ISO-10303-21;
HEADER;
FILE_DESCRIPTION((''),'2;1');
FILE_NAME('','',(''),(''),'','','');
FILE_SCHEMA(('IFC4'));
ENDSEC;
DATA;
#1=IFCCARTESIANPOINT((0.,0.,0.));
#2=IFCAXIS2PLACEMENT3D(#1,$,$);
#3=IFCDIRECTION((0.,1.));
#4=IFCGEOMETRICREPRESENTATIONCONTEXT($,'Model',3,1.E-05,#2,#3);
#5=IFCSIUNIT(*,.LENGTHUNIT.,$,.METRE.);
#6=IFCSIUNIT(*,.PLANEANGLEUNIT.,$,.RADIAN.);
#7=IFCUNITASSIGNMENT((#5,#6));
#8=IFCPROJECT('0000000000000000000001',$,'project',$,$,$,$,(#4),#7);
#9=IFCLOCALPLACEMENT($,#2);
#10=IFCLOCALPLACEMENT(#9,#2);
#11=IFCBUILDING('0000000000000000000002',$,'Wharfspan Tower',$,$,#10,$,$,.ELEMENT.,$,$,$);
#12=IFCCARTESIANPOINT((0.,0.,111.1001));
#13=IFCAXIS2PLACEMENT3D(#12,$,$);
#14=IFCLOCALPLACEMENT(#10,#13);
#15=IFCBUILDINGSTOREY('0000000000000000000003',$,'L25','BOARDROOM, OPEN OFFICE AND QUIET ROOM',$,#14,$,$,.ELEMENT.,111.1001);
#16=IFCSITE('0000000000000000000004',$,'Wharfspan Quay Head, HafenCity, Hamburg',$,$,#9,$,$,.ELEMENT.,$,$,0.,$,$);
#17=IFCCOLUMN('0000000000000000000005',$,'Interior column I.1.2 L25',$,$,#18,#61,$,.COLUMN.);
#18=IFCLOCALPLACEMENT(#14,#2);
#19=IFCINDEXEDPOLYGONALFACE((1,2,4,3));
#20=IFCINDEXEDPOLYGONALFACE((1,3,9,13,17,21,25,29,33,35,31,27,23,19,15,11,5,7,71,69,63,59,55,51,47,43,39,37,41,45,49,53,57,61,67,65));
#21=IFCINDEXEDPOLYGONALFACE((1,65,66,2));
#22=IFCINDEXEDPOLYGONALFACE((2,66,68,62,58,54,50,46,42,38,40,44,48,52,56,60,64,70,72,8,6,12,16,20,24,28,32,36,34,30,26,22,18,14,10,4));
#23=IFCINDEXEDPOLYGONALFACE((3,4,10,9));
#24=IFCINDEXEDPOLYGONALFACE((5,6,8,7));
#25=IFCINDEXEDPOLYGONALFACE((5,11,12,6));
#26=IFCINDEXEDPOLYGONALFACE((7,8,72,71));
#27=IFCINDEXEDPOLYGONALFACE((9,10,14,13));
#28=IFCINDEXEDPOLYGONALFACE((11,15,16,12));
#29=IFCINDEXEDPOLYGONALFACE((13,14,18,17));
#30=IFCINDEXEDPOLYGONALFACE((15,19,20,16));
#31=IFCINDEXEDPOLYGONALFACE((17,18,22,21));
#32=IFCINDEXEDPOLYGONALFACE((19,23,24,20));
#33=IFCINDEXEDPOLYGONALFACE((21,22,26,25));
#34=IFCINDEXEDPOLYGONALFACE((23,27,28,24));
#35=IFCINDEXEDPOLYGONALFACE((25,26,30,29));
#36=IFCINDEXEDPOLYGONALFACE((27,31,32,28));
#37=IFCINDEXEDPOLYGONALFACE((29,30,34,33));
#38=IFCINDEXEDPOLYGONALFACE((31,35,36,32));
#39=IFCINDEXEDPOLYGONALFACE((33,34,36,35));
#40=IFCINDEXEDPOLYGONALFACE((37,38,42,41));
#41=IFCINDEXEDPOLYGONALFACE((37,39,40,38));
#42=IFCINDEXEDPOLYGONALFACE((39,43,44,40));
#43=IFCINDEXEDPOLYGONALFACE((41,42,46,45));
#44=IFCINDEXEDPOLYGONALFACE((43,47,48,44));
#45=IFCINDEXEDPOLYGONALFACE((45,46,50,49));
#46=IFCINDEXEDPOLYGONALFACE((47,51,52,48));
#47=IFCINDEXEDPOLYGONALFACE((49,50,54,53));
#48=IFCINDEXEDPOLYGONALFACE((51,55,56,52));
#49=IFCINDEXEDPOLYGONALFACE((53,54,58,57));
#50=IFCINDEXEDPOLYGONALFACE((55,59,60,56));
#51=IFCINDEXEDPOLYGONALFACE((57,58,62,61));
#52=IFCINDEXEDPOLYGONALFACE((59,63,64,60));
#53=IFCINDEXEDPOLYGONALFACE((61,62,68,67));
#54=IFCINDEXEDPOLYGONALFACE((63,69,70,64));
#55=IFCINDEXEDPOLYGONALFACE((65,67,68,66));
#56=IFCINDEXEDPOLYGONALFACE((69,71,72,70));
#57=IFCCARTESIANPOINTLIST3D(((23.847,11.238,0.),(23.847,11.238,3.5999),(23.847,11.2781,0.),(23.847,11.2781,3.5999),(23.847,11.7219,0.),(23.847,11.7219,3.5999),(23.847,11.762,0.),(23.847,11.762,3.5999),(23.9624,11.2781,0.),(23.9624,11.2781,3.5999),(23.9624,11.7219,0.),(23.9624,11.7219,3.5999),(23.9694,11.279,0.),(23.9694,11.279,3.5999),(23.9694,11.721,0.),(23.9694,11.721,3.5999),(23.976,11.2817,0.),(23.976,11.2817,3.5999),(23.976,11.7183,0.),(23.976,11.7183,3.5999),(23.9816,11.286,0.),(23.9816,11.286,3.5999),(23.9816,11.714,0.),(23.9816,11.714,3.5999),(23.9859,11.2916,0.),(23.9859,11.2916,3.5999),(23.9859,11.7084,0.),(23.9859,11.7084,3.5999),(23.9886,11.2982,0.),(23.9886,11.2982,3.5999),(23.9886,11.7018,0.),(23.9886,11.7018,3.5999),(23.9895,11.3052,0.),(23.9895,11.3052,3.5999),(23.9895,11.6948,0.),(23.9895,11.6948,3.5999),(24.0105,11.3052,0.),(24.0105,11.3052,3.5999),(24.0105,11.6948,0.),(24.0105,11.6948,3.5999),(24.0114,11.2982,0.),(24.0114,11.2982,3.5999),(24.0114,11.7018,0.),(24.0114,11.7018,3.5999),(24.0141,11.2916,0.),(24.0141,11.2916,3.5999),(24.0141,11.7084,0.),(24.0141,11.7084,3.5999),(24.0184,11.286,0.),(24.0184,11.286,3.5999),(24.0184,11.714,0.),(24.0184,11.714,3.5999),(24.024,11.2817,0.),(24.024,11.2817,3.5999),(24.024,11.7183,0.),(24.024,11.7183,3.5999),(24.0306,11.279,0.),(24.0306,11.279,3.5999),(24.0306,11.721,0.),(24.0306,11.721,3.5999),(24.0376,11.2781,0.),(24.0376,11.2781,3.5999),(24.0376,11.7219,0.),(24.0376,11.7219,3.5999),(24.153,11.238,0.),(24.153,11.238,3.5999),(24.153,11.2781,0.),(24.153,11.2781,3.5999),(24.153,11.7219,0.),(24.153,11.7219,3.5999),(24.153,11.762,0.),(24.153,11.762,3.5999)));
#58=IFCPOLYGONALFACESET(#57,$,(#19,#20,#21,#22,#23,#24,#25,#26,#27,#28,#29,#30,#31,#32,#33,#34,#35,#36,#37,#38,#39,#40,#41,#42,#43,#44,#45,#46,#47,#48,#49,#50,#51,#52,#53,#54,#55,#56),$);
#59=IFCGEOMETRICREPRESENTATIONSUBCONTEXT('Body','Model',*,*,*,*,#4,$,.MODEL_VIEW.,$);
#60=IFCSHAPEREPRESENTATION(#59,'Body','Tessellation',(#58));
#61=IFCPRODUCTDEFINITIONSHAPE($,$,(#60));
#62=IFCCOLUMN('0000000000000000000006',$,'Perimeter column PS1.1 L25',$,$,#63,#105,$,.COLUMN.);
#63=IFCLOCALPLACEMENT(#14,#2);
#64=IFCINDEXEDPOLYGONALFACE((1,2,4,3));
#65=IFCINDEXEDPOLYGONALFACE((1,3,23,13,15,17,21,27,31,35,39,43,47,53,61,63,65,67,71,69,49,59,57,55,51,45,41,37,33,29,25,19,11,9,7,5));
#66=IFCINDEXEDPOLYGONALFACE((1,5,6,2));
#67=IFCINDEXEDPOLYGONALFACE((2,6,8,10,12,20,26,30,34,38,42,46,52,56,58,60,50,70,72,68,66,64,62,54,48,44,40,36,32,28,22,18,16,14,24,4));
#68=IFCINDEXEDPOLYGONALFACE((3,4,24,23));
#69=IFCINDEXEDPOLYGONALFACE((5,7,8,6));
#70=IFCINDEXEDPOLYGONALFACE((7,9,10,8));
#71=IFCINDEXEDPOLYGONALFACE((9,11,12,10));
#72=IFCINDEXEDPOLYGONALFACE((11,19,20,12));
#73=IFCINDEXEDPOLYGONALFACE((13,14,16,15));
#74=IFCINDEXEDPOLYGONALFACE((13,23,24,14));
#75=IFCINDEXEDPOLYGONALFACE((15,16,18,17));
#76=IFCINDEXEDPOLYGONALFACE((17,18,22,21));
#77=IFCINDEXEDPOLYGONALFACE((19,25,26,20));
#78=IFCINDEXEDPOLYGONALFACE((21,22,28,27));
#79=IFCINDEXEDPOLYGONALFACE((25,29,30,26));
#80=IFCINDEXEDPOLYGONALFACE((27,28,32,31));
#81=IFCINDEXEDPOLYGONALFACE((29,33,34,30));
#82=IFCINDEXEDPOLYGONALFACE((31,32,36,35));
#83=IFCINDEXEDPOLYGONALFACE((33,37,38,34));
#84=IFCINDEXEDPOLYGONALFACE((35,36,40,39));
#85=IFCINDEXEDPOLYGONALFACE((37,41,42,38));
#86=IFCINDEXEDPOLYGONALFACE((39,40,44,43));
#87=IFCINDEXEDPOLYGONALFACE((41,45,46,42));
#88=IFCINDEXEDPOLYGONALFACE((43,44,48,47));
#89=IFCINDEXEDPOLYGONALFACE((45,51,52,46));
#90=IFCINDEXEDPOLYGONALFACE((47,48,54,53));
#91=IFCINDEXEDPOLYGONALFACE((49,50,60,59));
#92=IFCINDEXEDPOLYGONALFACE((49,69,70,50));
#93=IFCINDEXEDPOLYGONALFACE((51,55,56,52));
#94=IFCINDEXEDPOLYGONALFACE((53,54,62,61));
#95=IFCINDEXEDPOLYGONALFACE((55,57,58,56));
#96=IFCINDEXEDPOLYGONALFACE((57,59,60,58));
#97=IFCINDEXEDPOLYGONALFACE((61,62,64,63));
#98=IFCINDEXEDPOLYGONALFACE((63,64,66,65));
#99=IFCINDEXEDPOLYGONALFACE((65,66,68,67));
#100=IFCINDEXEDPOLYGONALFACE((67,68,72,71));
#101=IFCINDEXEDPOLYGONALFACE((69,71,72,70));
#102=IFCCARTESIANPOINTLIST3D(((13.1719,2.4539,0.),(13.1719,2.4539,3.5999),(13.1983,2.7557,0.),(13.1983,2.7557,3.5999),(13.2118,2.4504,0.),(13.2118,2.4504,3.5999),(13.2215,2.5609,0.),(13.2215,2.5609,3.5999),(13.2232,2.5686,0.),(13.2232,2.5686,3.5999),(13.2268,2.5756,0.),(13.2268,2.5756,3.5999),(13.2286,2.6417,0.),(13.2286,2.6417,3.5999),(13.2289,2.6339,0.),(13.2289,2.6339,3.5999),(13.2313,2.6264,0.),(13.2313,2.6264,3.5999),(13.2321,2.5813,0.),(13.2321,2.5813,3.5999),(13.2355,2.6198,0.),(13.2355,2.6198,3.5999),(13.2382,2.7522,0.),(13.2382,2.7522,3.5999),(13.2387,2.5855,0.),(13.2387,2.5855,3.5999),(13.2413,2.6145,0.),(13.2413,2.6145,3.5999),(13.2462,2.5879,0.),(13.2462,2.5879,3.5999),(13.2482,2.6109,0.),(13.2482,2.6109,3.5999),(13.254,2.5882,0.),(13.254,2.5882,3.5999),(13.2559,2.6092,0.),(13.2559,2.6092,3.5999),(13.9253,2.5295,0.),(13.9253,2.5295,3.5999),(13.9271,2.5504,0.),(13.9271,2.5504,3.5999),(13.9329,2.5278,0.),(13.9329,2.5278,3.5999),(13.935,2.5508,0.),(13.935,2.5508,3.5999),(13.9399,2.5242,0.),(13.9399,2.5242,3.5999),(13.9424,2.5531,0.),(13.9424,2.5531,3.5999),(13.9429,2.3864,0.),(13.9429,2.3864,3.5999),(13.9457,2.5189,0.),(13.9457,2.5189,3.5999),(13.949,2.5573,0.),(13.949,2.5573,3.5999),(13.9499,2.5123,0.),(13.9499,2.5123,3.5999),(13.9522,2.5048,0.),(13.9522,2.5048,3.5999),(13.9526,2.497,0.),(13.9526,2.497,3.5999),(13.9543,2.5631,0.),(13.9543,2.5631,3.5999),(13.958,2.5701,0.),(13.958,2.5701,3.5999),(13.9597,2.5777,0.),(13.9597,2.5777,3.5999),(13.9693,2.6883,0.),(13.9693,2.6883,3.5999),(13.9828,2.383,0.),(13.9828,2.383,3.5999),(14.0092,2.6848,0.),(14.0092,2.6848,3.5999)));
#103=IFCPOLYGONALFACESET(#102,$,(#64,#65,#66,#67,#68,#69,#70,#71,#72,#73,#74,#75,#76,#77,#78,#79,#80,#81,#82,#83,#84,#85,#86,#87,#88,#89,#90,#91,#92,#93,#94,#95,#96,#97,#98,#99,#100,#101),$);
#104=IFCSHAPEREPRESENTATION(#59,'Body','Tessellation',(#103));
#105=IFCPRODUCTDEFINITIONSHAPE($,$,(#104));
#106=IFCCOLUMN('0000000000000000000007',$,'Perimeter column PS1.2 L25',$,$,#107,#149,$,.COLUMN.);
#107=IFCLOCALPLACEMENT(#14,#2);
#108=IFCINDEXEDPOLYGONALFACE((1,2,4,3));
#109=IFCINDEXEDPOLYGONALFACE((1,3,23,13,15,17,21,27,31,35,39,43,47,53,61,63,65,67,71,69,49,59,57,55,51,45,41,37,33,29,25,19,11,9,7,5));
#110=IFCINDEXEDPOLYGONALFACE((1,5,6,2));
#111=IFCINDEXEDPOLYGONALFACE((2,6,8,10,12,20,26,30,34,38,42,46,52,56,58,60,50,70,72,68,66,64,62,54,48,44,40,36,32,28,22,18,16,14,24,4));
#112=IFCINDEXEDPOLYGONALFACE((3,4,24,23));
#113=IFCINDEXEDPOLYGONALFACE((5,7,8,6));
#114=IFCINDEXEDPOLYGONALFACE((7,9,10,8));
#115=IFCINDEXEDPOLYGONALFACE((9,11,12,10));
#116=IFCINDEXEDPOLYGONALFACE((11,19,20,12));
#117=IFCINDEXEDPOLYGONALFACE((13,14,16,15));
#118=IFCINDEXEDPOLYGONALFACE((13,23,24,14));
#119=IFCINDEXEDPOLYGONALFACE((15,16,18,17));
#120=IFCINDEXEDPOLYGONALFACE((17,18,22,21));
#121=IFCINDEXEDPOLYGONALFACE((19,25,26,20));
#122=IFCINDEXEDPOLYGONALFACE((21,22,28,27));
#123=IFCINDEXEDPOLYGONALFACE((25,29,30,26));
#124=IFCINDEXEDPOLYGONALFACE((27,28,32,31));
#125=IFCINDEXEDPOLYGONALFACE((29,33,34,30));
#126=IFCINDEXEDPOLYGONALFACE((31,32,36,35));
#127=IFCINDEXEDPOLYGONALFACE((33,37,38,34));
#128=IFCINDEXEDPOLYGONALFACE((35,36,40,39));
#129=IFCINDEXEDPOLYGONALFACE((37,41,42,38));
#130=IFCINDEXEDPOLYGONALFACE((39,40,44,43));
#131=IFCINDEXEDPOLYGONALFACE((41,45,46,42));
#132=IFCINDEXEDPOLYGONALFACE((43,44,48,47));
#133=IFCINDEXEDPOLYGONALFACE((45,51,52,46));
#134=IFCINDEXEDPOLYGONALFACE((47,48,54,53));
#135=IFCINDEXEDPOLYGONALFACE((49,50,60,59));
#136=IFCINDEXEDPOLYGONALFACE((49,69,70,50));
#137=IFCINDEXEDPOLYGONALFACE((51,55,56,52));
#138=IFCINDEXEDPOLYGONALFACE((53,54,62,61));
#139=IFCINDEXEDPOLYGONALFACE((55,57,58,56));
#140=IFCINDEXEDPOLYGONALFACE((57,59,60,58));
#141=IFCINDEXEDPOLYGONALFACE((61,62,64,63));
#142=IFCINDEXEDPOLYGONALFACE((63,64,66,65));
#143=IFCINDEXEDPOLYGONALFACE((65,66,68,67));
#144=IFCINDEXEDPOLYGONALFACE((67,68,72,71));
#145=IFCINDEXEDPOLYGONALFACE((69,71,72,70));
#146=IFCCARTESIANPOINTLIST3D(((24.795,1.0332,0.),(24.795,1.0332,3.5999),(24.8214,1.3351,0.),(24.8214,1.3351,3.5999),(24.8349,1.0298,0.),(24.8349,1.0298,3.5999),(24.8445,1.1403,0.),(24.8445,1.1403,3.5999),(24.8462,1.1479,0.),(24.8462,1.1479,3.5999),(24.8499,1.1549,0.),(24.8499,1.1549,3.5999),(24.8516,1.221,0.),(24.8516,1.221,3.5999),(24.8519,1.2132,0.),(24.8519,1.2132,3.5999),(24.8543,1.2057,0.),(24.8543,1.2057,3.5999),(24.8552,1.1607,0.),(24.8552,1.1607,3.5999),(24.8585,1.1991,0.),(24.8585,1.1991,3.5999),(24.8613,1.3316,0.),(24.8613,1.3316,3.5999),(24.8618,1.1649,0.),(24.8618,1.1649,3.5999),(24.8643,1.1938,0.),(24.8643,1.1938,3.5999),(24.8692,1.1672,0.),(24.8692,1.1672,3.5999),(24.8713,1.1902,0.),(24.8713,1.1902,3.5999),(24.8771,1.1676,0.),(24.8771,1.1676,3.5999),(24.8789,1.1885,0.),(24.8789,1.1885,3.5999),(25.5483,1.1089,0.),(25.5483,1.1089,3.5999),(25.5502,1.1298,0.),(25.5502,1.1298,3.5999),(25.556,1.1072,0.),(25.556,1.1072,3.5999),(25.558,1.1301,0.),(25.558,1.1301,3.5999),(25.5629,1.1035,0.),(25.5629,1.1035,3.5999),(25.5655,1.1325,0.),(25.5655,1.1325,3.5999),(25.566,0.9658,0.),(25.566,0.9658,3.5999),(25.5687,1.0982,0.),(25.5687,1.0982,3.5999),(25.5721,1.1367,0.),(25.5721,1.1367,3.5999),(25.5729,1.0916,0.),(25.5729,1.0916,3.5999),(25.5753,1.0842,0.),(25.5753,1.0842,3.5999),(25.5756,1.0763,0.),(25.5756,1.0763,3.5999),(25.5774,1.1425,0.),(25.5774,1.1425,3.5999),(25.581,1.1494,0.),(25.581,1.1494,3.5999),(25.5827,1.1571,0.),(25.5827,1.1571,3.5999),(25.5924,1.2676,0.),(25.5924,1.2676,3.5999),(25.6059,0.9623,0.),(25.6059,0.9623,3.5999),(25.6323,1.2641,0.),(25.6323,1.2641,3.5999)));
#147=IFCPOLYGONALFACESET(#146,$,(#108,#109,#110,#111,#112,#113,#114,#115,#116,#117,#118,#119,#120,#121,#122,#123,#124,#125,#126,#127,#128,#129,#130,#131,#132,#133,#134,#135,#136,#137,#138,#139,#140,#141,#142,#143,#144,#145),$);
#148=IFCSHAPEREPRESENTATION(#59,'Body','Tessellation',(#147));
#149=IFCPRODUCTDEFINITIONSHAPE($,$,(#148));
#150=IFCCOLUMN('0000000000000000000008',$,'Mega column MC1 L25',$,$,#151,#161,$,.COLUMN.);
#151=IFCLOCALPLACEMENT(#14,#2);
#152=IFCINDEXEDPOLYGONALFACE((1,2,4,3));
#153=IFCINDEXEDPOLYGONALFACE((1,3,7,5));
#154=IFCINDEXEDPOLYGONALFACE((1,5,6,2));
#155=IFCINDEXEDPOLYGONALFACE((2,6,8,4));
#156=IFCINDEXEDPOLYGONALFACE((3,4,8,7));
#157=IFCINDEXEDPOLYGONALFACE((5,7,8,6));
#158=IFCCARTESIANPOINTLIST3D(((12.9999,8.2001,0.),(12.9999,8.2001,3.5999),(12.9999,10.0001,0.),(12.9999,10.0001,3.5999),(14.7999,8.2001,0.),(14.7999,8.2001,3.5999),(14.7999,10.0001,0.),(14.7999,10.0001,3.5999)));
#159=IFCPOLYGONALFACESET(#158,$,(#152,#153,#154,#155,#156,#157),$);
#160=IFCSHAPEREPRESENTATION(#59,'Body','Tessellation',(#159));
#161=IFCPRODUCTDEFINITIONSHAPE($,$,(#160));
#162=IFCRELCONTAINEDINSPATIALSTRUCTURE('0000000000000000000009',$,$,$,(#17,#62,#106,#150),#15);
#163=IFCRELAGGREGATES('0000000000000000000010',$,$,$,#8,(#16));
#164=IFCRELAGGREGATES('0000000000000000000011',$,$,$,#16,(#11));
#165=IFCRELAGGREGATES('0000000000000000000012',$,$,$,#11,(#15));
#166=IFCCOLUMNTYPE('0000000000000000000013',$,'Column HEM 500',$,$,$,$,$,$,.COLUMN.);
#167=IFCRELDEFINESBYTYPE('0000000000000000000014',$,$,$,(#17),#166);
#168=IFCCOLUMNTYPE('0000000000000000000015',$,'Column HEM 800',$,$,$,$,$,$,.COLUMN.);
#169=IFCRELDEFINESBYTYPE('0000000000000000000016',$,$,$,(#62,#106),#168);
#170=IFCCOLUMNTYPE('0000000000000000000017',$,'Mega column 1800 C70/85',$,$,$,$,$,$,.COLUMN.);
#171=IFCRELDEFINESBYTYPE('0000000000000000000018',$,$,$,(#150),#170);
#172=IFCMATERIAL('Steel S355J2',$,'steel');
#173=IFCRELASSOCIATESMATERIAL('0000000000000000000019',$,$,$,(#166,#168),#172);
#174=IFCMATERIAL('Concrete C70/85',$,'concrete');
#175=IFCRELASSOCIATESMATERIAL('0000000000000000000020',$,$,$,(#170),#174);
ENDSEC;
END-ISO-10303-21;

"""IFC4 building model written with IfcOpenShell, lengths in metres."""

from ifc_helpers import new_model, si_unit, direction, frame, origin, origin_2d, place, context, subcontext, project, spatial, rectangle, i_section, extrude, material, material_profile, profile_set, type_object, element, save


model = new_model("IFC4")

# Units and contexts
model_context = context("Model", 3, precision=1e-05, world=origin(), true_north=direction((0.0, 1.0)))
body_context = subcontext(model_context, "Body", "Model", "MODEL_VIEW")
ifc_project = project(units=[si_unit("LENGTHUNIT", "METRE"), si_unit("PLANEANGLEUNIT", "RADIAN")], contexts=[model_context])

# Site, building, storey
site_placement = place(None, origin())
site = spatial("IfcSite", under=ifc_project, at=site_placement, Name="Wharfspan Quay Head, HafenCity, Hamburg", CompositionType="ELEMENT", RefElevation=0.0)
building_placement = place(site_placement, origin())
building = spatial("IfcBuilding", under=site, at=building_placement, Name="Wharfspan Tower", CompositionType="ELEMENT")
storey_placement = place(building_placement, frame((0.0, 0.0, 111.1001)))
storey = spatial("IfcBuildingStorey", under=building, at=storey_placement, Name="L25", Description="BOARDROOM, OPEN OFFICE AND QUIET ROOM", CompositionType="ELEMENT", Elevation=111.1001)

# Columns
ifc_material_1 = material(Name="Steel S355J2", Category="steel")
ifc_material_profile_1 = material_profile(ifc_material_1, i_section(OverallWidth=0.3059, OverallDepth=0.5239, WebThickness=0.021, FlangeThickness=0.04, FilletRadius=0.0271, at=origin_2d()))
ifc_profile_set_1 = profile_set([ifc_material_profile_1], Name="Steel S355J2")
column_type_1 = type_object("IfcColumnType", Name="Column HEM 500", PredefinedType="COLUMN", material=ifc_profile_set_1)
column_1_placement = place(storey_placement, frame((24.0, 11.5, 0.0), z_axis=(0.0, 0.0, 1.0), x_axis=(1.0, 0.0, 0.0)))
element("IfcColumn", 1, at=column_1_placement, inside=storey, type_object=column_type_1, Name="Interior column I.1.2 L25", PredefinedType="COLUMN", context=body_context, shape_type="SweptSolid", body=[
    extrude(i_section(OverallWidth=0.3059, OverallDepth=0.5239, WebThickness=0.021, FlangeThickness=0.04, FilletRadius=0.0271, at=origin_2d()), origin(), (0.0, 0.0, 1.0), 3.5999),
])
ifc_material_profile_2 = material_profile(ifc_material_1, i_section(OverallWidth=0.303, OverallDepth=0.814, WebThickness=0.021, FlangeThickness=0.04, FilletRadius=0.03, at=origin_2d()))
ifc_profile_set_2 = profile_set([ifc_material_profile_2], Name="Steel S355J2")
column_type_2 = type_object("IfcColumnType", Name="Column HEM 800", PredefinedType="COLUMN", material=ifc_profile_set_2)
for number, where, z_axis, x_axis, name in (
    (2, (13.5906, 2.5693, 0.0), (0.0, 0.0, 1.0), (-0.087156, -0.996198, 0.0), "Perimeter column PS1.1 L25"),
    (3, (25.2136, 1.1487, 0.0), (0.0, 0.0, 1.0), (-0.087156, -0.996198, 0.0), "Perimeter column PS1.2 L25"),
):
    element("IfcColumn", number, at=place(storey_placement, frame(where, z_axis=z_axis, x_axis=x_axis)), inside=storey, type_object=column_type_2, Name=name, PredefinedType="COLUMN", context=body_context, shape_type="SweptSolid", body=[
        extrude(i_section(OverallWidth=0.303, OverallDepth=0.814, WebThickness=0.021, FlangeThickness=0.04, FilletRadius=0.03, at=origin_2d()), origin(), (0.0, 0.0, 1.0), 3.5999),
    ])
ifc_material_2 = material(Name="Concrete C70/85", Category="concrete")
ifc_material_profile_3 = material_profile(ifc_material_2, rectangle(XDim=1.8, YDim=1.8, at=origin_2d()))
ifc_profile_set_3 = profile_set([ifc_material_profile_3], Name="Concrete C70/85")
column_type_3 = type_object("IfcColumnType", Name="Mega column 1800 C70/85", PredefinedType="COLUMN", material=ifc_profile_set_3)
column_2_placement = place(storey_placement, frame((13.8999, 9.1001, 0.0), z_axis=(0.0, 0.0, 1.0), x_axis=(1.0, 0.0, 0.0)))
element("IfcColumn", 4, at=column_2_placement, inside=storey, type_object=column_type_3, Name="Mega column MC1 L25", PredefinedType="COLUMN", context=body_context, shape_type="SweptSolid", body=[
    extrude(rectangle(XDim=1.8, YDim=1.8, at=origin_2d()), origin(), (0.0, 0.0, 1.0), 3.5999),
])

save(model, "model.ifc")
